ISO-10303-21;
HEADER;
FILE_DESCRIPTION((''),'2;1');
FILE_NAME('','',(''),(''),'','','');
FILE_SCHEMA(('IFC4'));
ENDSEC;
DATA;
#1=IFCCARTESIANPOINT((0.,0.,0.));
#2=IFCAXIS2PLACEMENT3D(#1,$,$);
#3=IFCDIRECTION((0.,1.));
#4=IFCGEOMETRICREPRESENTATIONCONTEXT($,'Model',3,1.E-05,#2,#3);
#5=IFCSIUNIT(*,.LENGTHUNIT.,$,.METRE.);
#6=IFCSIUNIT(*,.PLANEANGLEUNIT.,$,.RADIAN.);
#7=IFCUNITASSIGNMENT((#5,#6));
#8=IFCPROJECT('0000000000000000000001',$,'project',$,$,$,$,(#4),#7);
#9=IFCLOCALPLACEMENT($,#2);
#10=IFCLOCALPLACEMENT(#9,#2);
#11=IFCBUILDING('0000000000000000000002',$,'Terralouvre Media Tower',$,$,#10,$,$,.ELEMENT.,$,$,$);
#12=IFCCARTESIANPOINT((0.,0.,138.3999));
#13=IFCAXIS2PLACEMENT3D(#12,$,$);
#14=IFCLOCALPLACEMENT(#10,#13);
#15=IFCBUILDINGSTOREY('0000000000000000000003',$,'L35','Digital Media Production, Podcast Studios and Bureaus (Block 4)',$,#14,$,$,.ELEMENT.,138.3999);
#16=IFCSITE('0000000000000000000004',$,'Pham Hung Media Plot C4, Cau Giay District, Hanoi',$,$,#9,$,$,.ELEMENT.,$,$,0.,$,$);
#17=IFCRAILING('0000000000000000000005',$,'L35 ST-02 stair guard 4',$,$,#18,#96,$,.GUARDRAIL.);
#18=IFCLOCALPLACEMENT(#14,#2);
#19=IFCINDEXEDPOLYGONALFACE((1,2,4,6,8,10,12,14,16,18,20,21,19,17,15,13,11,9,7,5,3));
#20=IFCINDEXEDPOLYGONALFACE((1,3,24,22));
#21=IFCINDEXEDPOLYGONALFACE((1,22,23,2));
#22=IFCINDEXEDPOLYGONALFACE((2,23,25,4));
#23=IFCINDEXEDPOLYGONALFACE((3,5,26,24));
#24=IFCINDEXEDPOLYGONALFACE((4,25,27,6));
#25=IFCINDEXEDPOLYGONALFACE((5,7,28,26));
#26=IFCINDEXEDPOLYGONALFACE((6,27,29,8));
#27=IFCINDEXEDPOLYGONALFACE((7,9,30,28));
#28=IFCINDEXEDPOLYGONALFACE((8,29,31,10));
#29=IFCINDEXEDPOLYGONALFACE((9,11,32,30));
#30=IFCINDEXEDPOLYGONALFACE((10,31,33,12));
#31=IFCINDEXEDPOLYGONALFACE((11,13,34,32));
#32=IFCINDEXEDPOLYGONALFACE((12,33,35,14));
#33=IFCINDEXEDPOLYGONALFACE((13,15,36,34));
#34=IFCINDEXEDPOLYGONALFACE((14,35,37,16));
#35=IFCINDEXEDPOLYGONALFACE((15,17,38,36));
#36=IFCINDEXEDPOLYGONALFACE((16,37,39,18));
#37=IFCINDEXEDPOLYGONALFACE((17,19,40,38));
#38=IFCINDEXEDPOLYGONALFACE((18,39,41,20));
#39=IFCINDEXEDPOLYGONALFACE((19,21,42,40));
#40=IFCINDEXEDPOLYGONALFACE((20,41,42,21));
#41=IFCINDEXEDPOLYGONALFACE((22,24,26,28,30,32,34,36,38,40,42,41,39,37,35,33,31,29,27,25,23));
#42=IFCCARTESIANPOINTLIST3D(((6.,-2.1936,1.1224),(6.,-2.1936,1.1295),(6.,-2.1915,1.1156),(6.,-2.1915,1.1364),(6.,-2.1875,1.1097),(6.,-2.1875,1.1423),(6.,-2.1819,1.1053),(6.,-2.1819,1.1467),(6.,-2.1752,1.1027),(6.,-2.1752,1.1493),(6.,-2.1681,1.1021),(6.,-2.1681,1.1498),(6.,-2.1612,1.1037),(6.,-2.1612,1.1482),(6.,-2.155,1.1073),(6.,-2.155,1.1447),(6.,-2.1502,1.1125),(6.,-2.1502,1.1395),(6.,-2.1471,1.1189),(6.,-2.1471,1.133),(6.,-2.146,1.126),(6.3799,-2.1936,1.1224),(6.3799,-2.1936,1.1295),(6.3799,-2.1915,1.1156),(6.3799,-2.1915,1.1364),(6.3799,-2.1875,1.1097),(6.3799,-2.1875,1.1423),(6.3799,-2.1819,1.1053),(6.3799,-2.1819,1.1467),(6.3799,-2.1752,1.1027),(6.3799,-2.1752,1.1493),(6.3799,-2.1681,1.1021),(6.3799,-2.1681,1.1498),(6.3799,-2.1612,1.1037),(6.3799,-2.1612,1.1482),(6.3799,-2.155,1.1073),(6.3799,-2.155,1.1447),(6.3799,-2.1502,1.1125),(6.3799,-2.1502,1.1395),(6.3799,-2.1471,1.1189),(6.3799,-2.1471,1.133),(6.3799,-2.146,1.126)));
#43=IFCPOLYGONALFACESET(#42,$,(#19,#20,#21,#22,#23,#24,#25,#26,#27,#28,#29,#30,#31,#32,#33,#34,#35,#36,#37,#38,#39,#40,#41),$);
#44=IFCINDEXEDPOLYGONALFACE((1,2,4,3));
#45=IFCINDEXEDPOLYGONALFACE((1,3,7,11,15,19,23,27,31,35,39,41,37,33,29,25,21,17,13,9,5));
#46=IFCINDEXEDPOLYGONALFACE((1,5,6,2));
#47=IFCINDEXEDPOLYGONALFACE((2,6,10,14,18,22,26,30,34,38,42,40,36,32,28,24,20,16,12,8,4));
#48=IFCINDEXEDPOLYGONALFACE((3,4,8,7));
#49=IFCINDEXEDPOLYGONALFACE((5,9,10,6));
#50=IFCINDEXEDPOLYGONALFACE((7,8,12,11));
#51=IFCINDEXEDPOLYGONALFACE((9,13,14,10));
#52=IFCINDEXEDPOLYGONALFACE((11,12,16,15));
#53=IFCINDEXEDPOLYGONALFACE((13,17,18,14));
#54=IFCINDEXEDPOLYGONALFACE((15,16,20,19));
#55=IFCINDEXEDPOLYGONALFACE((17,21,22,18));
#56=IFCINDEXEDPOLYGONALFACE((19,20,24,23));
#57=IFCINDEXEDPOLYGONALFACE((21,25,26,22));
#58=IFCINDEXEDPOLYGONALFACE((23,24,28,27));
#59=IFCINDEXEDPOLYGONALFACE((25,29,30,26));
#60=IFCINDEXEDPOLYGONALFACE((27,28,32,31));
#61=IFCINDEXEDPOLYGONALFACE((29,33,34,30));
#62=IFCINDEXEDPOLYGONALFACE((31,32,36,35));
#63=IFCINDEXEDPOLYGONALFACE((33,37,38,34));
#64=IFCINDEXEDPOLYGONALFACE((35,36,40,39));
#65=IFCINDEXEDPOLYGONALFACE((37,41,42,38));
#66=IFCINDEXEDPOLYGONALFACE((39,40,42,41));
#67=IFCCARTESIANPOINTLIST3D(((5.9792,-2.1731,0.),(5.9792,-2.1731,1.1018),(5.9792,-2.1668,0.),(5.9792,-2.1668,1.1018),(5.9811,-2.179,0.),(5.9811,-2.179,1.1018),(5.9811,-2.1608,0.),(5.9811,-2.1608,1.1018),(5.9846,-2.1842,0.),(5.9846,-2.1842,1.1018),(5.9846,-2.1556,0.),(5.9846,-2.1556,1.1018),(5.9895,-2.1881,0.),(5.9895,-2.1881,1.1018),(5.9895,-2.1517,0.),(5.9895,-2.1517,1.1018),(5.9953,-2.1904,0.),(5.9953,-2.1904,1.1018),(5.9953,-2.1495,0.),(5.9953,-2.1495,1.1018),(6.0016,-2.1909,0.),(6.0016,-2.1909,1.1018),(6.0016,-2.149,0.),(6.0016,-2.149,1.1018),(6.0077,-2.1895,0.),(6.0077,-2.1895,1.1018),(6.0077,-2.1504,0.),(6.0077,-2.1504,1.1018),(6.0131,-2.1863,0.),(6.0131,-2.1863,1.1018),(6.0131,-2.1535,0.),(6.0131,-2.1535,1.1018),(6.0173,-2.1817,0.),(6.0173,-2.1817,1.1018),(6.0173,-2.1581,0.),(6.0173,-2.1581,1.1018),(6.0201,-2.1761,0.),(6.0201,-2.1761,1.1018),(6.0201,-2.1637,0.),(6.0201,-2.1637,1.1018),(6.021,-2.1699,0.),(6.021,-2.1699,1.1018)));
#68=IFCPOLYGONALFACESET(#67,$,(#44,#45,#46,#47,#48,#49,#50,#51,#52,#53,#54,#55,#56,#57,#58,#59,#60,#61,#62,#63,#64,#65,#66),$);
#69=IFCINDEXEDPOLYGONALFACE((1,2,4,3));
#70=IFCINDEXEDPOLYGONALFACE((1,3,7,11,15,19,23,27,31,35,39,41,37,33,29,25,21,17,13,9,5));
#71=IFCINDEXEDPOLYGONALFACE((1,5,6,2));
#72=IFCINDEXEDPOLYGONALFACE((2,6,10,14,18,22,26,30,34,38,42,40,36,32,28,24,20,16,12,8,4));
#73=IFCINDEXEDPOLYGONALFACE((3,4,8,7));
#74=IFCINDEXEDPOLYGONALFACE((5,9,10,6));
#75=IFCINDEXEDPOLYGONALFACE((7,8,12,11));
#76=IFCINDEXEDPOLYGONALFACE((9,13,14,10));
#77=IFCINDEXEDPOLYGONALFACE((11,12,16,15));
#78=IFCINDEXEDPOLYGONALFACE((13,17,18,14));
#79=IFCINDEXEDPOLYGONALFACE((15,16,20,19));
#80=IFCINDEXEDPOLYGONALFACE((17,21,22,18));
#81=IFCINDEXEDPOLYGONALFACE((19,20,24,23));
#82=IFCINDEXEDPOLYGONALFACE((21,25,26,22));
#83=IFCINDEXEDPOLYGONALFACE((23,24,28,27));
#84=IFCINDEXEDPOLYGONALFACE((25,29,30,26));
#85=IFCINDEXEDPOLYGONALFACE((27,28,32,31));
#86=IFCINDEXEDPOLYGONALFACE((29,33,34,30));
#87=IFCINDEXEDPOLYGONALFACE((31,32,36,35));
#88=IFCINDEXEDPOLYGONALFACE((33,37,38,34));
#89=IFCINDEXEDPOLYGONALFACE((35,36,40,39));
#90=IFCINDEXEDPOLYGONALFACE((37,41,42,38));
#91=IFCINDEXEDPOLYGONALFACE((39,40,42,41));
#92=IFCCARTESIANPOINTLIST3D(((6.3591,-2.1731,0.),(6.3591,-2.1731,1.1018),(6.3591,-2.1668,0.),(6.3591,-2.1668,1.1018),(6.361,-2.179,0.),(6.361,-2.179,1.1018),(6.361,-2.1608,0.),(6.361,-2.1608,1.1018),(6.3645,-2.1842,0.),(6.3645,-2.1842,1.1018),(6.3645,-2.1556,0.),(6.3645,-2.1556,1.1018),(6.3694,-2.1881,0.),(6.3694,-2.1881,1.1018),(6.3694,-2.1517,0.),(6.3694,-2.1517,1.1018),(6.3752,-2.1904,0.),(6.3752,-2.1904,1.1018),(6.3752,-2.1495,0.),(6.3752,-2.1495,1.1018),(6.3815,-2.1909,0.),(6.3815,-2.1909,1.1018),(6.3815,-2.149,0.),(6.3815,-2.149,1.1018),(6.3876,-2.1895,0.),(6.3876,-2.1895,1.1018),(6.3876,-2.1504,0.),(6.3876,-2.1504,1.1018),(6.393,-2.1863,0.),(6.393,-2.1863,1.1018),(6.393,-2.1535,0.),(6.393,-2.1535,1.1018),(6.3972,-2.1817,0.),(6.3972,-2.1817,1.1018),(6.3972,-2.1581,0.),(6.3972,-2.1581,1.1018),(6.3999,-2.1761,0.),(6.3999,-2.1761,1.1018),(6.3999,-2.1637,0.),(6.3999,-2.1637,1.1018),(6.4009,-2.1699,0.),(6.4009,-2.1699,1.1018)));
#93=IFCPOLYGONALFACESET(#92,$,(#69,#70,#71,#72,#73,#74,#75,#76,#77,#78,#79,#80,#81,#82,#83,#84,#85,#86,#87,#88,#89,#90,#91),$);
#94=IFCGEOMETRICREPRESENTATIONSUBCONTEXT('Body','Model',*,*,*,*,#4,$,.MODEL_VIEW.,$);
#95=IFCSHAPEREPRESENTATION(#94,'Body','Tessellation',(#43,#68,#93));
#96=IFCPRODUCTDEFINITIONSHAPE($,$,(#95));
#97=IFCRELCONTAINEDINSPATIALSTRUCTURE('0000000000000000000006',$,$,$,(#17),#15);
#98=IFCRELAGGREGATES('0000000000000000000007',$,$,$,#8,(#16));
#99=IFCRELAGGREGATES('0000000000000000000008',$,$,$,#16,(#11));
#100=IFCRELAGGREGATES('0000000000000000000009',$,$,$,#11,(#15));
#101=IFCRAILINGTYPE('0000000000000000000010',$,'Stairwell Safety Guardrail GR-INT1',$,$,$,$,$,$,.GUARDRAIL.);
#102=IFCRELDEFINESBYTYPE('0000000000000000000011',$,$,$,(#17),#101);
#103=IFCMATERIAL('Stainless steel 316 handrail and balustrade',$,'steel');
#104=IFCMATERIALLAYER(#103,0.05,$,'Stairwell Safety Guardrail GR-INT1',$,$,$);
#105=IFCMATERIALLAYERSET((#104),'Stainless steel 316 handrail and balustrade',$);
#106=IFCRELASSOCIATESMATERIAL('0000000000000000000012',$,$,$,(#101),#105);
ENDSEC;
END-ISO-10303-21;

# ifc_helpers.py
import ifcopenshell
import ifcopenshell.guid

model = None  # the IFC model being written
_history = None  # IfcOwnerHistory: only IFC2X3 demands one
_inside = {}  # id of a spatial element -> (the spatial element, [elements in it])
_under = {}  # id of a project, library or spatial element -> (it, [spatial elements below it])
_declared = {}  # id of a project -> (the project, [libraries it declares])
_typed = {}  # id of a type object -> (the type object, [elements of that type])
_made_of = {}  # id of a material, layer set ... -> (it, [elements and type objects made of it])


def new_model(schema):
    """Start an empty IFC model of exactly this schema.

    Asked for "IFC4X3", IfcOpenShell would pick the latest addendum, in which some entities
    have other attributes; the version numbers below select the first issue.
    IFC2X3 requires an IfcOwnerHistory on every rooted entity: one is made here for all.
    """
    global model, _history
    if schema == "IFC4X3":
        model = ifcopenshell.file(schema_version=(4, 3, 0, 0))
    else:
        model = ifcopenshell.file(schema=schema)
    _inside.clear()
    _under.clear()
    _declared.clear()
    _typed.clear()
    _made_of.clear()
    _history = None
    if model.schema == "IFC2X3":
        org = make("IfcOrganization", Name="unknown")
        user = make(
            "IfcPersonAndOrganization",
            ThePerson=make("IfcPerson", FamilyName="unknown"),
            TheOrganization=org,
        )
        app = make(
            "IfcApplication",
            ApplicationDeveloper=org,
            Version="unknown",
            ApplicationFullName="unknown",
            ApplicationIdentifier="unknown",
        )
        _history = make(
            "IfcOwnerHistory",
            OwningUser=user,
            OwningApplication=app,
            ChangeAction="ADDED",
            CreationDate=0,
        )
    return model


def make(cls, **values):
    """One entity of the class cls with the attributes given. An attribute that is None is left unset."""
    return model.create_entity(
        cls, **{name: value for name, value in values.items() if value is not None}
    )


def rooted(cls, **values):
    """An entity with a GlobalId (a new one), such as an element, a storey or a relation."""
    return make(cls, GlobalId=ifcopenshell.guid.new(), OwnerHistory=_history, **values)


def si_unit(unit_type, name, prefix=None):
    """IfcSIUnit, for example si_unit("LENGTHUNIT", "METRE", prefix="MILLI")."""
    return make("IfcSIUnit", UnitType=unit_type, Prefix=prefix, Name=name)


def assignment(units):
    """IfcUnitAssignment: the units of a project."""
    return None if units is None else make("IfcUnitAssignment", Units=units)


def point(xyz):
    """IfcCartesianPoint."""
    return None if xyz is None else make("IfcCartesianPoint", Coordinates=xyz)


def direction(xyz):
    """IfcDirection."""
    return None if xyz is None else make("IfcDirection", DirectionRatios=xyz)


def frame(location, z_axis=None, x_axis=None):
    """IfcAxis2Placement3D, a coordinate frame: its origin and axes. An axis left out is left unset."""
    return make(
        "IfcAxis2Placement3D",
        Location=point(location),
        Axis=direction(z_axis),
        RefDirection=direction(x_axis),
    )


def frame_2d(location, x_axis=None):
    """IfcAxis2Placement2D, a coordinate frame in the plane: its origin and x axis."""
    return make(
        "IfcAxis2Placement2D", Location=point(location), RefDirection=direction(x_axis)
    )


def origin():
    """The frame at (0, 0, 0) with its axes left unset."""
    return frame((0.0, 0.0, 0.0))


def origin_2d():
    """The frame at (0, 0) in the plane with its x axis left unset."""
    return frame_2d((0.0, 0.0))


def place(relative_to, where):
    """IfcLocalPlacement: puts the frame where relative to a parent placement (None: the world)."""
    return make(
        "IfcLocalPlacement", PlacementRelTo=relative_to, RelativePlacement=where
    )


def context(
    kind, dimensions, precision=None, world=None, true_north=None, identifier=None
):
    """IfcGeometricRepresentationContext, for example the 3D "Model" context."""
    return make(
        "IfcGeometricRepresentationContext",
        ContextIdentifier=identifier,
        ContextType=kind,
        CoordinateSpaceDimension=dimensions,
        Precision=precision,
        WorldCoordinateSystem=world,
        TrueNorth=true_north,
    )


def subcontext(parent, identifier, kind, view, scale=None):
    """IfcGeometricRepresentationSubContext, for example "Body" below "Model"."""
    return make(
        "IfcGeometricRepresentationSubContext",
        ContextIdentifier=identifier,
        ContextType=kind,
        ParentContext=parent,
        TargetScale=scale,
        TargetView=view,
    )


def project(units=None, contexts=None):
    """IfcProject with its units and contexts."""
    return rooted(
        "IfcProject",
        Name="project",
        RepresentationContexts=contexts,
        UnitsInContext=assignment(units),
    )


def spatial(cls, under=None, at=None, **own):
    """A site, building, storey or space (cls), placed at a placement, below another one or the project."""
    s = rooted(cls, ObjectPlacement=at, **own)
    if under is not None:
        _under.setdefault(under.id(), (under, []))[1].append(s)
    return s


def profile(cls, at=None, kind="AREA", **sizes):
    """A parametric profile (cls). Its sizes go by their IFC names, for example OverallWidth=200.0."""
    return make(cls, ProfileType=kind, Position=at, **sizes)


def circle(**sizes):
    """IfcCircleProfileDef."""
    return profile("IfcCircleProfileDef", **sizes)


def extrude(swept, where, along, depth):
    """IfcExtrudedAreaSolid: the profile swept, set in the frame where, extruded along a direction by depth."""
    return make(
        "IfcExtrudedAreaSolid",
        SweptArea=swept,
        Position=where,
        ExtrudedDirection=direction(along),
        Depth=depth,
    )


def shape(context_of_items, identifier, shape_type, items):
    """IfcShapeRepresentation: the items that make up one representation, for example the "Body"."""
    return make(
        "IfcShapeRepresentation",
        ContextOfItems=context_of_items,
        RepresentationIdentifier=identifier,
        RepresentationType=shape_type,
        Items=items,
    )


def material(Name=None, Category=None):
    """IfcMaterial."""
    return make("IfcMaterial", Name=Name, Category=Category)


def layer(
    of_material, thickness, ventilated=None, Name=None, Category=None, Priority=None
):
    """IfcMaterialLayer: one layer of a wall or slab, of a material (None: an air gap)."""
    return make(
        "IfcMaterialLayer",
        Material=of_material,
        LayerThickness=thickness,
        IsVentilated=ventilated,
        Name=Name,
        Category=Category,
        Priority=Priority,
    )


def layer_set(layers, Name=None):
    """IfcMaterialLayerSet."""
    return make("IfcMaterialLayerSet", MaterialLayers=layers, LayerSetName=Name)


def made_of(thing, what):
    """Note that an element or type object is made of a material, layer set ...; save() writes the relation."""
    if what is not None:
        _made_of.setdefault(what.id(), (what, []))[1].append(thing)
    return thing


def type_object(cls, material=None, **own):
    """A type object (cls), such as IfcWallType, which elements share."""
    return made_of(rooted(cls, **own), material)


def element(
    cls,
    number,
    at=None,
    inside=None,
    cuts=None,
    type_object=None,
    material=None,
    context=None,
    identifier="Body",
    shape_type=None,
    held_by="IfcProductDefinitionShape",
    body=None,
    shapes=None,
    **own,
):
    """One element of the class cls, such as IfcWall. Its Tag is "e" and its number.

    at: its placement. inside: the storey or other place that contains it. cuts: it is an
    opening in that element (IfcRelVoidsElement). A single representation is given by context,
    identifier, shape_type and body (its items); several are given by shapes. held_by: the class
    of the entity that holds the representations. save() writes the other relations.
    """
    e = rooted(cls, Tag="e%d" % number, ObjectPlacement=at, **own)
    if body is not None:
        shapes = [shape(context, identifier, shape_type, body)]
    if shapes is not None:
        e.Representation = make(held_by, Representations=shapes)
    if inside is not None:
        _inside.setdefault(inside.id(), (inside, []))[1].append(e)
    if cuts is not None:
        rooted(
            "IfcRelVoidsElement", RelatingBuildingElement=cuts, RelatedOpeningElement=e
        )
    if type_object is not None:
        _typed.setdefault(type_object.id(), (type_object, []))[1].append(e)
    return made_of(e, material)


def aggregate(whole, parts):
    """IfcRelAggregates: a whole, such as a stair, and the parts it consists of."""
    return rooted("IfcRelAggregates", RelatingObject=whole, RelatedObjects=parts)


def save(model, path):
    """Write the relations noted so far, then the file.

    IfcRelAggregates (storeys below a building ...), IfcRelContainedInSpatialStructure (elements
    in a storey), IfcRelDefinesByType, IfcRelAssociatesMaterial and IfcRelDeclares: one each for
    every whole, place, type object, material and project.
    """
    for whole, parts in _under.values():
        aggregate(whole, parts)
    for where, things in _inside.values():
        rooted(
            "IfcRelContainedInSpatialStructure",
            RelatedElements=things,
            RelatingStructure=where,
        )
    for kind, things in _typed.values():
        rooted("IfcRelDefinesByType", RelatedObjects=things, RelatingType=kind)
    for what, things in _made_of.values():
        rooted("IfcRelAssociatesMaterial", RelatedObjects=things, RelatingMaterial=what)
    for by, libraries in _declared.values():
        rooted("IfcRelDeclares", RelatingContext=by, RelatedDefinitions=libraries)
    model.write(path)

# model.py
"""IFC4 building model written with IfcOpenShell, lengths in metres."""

from ifc_helpers import new_model, si_unit, direction, frame, origin, origin_2d, place, context, subcontext, project, spatial, circle, extrude, material, layer, layer_set, type_object, element, save


model = new_model("IFC4")

# Units and contexts
model_context = context("Model", 3, precision=1e-05, world=origin(), true_north=direction((0.0, 1.0)))
body_context = subcontext(model_context, "Body", "Model", "MODEL_VIEW")
ifc_project = project(units=[si_unit("LENGTHUNIT", "METRE"), si_unit("PLANEANGLEUNIT", "RADIAN")], contexts=[model_context])

# Site, building, storey
site_placement = place(None, origin())
site = spatial("IfcSite", under=ifc_project, at=site_placement, Name="Pham Hung Media Plot C4, Cau Giay District, Hanoi", CompositionType="ELEMENT", RefElevation=0.0)
building_placement = place(site_placement, origin())
building = spatial("IfcBuilding", under=site, at=building_placement, Name="Terralouvre Media Tower", CompositionType="ELEMENT")
storey_placement = place(building_placement, frame((0.0, 0.0, 138.3999)))
storey = spatial("IfcBuildingStorey", under=building, at=storey_placement, Name="L35", Description="Digital Media Production, Podcast Studios and Bureaus (Block 4)", CompositionType="ELEMENT", Elevation=138.3999)

# Railing
ifc_material_1 = material(Name="Stainless steel 316 handrail and balustrade", Category="steel")
ifc_layer_1 = layer(ifc_material_1, 0.05, Name="Stairwell Safety Guardrail GR-INT1")
ifc_layer_set_1 = layer_set([ifc_layer_1], Name="Stainless steel 316 handrail and balustrade")
railing_type_1 = type_object("IfcRailingType", Name="Stairwell Safety Guardrail GR-INT1", PredefinedType="GUARDRAIL", material=ifc_layer_set_1)
railing_1_placement = place(storey_placement, frame((6.0, -2.1699, 0.0)))
element("IfcRailing", 1, at=railing_1_placement, inside=storey, type_object=railing_type_1, Name="L35 ST-02 stair guard 4", PredefinedType="GUARDRAIL", context=body_context, shape_type="SweptSolid", body=[
    extrude(circle(Radius=0.0239, at=origin_2d()), frame((0.0, 0.0, 1.126), z_axis=(1.0, 0.0, 0.0), x_axis=(0.0, 1.0, 0.0)), (0.0, 0.0, 1.0), 0.3799),
    extrude(circle(Radius=0.021, at=origin_2d()), origin(), (0.0, 0.0, 1.0), 1.1018),
    extrude(circle(Radius=0.021, at=origin_2d()), frame((0.3799, 0.0, 0.0)), (0.0, 0.0, 1.0), 1.1018),
])

save(model, "model.ifc")
